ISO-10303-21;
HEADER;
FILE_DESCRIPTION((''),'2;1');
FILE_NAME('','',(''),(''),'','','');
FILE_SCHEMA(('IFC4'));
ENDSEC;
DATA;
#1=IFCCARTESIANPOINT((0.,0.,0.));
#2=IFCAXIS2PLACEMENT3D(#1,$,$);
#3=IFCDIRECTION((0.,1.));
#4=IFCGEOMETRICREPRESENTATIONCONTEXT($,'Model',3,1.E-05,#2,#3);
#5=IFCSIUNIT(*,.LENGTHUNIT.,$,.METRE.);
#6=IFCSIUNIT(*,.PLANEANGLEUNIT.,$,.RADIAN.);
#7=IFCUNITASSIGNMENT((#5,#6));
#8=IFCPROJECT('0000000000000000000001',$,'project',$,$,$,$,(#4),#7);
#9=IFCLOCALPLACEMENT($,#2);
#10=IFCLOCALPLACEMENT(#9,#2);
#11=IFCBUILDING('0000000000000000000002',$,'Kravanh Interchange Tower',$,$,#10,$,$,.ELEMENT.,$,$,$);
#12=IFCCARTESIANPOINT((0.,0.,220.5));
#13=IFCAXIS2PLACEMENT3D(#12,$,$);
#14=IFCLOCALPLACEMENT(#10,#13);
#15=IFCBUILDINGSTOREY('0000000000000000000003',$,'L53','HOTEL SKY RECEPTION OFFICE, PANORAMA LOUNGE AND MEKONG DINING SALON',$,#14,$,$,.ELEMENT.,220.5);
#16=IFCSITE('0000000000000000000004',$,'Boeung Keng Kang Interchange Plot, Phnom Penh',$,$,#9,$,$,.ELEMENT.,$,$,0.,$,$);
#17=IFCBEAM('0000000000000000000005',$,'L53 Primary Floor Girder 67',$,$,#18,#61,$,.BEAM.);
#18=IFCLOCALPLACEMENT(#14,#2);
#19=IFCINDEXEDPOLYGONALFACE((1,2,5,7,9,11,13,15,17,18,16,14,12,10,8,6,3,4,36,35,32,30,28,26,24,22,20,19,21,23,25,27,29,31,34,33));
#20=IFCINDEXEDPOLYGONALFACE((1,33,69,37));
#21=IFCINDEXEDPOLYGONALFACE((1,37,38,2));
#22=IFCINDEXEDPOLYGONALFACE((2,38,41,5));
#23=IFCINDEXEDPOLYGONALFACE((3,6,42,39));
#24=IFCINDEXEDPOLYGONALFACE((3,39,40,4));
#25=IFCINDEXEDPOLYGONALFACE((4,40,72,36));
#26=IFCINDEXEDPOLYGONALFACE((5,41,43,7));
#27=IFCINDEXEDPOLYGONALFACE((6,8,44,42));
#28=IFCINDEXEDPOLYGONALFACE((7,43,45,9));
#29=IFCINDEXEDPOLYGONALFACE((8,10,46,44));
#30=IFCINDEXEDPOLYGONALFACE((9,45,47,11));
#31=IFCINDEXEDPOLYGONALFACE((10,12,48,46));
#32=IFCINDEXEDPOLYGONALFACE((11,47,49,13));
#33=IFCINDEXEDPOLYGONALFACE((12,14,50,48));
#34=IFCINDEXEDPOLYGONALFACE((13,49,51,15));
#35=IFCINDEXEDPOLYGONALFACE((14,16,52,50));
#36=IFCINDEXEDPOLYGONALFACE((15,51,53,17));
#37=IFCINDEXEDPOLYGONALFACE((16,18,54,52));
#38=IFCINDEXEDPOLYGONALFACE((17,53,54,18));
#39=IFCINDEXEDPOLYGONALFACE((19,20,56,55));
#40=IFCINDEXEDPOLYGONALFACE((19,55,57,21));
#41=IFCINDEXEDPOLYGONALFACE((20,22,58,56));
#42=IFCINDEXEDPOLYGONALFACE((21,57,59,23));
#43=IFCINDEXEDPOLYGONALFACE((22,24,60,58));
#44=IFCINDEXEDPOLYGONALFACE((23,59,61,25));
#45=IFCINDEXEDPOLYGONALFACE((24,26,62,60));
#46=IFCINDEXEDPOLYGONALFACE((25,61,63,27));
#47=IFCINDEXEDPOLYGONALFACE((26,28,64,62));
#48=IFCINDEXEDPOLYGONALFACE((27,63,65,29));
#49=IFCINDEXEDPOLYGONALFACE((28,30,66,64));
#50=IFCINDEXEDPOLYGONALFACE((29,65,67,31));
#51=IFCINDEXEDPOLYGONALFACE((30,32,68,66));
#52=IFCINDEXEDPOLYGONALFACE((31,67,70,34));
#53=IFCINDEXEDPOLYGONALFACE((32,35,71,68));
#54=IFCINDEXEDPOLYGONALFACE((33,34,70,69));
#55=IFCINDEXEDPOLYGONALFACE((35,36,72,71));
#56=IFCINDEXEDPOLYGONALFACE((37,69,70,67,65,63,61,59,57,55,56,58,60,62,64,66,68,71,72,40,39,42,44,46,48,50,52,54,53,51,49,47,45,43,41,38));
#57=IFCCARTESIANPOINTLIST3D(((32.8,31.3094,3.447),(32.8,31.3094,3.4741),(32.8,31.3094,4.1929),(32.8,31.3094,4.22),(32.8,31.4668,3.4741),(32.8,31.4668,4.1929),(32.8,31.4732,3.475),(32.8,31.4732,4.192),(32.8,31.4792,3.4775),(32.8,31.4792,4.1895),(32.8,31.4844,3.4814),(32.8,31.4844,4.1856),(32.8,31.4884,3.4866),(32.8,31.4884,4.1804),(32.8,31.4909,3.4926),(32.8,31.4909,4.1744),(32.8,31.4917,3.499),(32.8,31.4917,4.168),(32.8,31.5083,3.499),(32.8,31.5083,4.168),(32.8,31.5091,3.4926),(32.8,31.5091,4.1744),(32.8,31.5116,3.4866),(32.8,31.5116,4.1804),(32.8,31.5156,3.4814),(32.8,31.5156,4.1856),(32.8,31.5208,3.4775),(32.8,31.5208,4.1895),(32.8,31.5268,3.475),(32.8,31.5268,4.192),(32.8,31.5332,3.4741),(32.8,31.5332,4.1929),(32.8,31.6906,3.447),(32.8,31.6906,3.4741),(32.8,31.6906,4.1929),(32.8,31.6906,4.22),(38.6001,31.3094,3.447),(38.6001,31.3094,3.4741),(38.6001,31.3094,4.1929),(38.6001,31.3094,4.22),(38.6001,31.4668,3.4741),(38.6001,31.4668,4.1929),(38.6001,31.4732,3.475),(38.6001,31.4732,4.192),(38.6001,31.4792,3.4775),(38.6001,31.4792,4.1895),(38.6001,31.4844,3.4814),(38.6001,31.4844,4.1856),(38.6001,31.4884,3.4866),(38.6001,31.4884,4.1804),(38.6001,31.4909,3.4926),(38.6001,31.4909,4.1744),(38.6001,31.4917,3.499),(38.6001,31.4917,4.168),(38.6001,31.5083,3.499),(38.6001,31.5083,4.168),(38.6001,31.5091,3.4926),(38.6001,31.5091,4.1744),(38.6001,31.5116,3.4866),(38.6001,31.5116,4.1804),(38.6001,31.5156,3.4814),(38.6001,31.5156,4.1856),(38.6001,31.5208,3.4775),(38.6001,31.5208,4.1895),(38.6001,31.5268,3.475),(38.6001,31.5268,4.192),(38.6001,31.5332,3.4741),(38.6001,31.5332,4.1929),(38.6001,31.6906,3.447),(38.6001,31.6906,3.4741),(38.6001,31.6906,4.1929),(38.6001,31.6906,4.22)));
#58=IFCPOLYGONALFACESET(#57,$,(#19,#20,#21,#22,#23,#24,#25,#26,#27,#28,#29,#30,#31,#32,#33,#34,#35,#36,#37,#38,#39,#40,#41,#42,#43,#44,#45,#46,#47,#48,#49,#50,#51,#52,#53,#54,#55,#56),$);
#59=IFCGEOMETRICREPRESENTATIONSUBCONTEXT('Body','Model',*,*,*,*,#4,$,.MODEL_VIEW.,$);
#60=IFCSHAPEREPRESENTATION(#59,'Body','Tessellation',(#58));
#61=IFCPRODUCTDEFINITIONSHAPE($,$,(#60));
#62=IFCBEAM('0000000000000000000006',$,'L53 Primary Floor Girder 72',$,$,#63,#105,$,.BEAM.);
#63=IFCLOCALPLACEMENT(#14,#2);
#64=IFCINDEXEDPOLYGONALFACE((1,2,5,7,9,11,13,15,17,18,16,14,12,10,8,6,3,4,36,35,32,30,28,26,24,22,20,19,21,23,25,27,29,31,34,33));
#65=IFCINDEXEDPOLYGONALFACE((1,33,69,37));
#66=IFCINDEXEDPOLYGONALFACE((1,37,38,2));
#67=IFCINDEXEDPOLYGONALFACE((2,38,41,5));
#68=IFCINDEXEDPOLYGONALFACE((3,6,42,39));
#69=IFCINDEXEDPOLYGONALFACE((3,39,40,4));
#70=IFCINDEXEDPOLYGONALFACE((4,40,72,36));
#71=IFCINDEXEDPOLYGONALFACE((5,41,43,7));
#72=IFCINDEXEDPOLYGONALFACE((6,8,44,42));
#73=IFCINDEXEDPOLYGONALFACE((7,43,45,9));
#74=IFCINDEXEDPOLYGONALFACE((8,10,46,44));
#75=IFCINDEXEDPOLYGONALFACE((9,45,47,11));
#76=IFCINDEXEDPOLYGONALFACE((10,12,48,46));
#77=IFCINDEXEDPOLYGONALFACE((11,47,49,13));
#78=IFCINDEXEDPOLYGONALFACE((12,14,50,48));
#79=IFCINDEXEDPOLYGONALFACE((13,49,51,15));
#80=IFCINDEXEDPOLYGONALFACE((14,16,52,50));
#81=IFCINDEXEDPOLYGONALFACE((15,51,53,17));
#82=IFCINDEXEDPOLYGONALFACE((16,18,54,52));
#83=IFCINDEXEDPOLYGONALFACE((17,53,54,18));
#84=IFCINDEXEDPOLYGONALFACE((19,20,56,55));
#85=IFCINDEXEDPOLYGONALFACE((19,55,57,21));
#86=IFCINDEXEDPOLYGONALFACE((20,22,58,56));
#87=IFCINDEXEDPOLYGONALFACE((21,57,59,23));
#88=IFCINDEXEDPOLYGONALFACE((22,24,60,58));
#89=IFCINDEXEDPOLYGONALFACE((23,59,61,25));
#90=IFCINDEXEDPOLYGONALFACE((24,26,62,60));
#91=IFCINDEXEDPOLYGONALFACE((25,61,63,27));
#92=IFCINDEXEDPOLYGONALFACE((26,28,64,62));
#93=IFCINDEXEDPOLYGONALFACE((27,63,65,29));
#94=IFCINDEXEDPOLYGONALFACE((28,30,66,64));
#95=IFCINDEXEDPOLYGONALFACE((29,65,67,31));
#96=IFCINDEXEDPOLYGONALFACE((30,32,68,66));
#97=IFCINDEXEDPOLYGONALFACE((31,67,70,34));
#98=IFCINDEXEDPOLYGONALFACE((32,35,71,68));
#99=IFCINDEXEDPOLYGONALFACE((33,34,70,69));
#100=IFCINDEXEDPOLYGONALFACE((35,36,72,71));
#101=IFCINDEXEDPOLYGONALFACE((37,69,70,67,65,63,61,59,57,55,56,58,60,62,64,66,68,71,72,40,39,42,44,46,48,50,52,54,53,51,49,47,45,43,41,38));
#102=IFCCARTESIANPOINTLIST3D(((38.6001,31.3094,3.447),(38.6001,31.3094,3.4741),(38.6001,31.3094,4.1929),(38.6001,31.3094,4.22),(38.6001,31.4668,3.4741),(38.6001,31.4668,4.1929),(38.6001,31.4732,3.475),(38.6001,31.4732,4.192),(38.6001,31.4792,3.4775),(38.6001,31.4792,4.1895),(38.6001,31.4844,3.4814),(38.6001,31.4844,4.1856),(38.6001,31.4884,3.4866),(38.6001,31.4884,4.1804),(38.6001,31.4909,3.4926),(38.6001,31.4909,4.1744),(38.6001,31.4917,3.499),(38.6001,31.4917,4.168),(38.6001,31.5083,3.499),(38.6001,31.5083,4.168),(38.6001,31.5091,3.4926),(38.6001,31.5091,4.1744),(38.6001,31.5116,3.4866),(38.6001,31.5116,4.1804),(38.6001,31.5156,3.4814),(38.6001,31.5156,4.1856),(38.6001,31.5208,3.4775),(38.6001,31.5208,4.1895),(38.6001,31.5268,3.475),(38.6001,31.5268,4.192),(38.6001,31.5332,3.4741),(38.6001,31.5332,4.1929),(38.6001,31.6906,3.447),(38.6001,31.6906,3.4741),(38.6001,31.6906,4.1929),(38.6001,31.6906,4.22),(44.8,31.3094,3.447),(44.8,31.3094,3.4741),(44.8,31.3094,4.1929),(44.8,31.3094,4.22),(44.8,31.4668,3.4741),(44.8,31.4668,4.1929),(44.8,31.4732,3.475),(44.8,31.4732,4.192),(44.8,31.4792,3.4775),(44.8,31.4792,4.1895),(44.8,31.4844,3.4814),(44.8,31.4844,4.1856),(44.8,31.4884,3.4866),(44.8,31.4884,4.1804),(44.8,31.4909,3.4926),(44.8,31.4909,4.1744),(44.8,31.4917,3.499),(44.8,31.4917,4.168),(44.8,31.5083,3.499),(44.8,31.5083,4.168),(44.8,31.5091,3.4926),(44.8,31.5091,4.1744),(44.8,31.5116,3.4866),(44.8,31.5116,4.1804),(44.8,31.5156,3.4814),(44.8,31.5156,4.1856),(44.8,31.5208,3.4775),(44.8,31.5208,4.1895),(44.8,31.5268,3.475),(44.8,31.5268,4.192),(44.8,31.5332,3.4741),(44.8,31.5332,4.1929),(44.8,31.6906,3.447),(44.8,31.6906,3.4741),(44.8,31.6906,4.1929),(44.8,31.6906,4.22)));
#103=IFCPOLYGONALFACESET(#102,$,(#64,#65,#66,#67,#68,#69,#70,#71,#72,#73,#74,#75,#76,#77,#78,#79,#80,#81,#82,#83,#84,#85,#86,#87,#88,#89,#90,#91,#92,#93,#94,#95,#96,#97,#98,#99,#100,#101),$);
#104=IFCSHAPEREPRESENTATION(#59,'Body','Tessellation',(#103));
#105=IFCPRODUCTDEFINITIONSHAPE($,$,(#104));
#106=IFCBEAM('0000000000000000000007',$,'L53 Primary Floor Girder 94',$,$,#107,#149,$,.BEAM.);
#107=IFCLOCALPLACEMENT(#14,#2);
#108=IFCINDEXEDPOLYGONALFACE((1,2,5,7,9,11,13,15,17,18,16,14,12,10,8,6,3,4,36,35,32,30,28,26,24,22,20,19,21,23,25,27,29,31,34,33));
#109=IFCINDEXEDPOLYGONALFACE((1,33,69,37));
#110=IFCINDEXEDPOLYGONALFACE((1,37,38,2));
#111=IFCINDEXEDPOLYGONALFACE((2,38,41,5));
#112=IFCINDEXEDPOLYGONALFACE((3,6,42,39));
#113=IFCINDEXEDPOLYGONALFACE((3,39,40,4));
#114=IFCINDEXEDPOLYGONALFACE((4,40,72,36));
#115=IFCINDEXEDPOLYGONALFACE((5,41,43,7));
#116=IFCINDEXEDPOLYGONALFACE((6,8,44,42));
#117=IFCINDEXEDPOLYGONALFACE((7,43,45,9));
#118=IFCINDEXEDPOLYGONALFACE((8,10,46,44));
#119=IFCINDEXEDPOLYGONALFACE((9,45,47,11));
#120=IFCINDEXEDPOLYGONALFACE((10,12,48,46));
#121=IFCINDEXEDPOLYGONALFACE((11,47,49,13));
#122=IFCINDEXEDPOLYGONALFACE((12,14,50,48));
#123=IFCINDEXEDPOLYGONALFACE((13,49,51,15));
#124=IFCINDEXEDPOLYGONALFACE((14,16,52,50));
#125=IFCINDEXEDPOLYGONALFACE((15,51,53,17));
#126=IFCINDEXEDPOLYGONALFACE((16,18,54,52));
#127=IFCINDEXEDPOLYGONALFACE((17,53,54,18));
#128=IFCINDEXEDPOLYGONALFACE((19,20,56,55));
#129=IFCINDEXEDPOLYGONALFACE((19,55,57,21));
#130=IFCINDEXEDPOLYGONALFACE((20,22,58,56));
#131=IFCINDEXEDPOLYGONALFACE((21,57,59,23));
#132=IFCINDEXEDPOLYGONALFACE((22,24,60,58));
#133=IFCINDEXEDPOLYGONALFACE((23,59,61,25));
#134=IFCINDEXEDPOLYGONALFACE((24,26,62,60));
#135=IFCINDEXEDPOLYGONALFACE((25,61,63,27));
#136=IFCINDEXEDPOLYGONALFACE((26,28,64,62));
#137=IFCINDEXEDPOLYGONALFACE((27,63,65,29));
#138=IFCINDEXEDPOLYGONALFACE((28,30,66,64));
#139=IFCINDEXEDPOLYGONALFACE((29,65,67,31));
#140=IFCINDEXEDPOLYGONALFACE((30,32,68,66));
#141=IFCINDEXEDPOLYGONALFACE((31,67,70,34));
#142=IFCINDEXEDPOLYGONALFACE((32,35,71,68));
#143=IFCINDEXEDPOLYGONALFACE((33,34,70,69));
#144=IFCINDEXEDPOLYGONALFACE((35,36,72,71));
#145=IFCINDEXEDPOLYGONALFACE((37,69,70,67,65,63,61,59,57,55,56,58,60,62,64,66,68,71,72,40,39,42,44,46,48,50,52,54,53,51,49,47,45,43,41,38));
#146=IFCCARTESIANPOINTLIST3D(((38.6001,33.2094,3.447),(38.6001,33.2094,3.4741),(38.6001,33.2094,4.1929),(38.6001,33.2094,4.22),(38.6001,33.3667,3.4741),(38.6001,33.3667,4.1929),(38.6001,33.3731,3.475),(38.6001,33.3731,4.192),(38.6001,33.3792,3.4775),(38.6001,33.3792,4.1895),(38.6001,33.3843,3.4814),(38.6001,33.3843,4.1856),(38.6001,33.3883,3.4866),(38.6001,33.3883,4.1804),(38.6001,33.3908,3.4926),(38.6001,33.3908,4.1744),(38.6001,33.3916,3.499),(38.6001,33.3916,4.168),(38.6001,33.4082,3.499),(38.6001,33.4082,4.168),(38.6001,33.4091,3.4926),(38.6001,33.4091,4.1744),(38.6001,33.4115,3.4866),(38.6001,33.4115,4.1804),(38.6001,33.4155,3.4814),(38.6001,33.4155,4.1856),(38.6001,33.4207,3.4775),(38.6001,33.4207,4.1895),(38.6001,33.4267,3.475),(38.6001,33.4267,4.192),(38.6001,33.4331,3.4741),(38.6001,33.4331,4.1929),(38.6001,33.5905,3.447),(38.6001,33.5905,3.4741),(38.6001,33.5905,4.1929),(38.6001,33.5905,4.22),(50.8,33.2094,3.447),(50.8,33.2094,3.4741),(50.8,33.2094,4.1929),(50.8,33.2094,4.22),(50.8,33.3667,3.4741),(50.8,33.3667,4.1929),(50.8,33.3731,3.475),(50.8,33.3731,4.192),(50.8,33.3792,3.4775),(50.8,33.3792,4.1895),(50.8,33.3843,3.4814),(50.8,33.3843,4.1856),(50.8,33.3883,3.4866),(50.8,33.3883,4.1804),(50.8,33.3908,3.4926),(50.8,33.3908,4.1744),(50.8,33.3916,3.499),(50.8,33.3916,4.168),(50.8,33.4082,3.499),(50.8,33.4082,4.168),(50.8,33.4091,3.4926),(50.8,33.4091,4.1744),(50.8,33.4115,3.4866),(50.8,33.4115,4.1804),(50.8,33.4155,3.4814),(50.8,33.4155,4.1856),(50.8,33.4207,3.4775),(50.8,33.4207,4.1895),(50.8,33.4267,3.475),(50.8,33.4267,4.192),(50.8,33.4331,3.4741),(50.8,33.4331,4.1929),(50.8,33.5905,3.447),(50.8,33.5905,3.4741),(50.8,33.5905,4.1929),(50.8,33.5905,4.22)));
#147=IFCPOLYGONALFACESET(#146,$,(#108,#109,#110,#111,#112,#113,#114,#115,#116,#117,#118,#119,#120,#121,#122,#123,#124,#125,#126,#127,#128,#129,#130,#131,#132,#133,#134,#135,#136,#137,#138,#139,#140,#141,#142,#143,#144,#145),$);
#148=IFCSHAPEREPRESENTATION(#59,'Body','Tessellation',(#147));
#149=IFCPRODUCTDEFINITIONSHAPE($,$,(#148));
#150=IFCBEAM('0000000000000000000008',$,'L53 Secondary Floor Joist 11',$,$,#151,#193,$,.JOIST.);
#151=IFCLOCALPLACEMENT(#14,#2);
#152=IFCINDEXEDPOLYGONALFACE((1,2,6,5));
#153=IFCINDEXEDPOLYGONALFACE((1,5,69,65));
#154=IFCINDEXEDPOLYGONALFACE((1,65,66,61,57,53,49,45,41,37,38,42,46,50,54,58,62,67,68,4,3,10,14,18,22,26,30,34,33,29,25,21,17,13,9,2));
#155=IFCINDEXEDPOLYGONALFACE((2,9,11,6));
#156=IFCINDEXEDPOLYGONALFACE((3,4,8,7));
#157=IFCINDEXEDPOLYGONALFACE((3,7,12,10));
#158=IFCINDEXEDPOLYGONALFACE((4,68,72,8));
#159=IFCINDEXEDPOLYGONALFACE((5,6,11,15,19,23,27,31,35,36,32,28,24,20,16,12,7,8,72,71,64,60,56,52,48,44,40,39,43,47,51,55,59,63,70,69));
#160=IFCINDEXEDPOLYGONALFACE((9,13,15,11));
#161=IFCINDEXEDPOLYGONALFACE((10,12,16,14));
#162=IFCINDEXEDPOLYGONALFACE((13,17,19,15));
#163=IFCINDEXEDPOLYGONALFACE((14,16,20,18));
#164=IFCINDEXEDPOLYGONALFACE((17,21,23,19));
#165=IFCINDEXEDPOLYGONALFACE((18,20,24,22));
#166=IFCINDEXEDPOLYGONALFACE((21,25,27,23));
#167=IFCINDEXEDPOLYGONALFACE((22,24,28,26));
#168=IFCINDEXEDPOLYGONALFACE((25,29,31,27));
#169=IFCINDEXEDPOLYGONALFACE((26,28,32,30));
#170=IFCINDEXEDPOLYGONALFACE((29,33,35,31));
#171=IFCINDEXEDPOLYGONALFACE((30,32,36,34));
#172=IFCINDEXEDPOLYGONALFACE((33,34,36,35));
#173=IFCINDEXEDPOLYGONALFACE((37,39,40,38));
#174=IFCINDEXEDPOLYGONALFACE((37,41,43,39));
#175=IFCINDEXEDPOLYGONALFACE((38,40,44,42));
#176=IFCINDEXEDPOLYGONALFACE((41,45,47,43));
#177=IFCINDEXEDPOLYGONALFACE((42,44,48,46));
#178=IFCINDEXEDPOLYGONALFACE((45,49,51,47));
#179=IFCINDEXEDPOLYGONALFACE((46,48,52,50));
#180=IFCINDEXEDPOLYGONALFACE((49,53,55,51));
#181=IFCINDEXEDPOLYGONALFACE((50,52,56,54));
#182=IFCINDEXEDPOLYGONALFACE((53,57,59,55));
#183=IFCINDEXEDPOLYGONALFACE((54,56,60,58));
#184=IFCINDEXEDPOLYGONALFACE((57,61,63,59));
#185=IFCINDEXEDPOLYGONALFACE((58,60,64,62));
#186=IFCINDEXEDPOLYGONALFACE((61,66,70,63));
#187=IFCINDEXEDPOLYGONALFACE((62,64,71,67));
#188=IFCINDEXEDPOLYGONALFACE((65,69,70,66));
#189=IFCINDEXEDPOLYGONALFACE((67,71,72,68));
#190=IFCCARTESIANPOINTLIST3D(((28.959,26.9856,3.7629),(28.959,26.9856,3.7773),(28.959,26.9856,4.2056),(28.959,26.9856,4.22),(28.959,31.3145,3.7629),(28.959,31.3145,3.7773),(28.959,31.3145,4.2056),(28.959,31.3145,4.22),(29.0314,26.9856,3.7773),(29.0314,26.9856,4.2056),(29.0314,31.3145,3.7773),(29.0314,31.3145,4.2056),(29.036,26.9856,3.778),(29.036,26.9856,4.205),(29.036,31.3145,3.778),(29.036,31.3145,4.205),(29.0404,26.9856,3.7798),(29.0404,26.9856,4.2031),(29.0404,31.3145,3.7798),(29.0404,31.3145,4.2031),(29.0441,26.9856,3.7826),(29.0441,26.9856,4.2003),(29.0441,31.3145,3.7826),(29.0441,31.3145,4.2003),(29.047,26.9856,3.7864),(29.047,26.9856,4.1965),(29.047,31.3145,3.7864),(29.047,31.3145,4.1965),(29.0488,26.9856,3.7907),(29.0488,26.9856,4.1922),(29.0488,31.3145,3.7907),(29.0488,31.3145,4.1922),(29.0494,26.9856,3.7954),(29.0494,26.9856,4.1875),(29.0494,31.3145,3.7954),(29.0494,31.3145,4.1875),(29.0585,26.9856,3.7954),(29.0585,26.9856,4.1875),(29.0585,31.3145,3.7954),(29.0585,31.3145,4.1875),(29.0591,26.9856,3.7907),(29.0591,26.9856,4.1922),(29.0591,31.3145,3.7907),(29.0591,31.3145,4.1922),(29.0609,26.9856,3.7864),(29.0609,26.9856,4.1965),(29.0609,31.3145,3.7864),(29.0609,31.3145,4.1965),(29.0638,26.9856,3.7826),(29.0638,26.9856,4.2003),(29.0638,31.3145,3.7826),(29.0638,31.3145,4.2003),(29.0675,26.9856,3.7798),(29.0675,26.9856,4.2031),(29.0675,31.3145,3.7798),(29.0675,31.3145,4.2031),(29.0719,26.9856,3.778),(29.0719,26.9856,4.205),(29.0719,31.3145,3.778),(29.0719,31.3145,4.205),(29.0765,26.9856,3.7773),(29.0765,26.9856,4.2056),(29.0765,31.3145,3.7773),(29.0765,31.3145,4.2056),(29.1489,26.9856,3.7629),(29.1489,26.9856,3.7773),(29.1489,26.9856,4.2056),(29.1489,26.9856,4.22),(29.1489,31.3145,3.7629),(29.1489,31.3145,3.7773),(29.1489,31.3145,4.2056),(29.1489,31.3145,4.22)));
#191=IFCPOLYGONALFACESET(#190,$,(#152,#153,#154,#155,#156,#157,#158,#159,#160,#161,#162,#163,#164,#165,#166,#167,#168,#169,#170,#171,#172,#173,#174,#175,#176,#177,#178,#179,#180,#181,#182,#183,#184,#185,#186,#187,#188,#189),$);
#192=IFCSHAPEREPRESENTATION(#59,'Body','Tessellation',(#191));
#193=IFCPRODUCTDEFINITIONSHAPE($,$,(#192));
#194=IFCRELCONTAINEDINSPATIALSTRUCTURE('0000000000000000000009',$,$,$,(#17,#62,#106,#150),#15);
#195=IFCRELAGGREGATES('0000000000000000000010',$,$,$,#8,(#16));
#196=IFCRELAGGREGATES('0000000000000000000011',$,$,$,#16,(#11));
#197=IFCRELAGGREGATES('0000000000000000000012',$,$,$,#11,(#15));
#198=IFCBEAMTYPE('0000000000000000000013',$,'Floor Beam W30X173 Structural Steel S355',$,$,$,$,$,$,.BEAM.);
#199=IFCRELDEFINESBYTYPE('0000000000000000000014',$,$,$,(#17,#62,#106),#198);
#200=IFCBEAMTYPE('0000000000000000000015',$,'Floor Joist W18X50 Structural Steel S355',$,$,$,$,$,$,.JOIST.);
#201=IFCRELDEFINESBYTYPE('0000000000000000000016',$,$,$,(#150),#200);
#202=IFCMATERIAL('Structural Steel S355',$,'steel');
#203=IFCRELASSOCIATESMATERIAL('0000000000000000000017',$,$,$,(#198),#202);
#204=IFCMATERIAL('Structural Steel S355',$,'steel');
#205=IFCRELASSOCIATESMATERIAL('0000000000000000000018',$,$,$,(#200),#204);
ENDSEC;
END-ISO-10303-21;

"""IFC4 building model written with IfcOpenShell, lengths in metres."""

from ifc_helpers import new_model, si_unit, direction, frame, origin, origin_2d, place, context, subcontext, project, spatial, i_section, extrude, material, material_profile, profile_set, type_object, element, save


model = new_model("IFC4")

# Units and contexts
model_context = context("Model", 3, precision=1e-05, world=origin(), true_north=direction((0.0, 1.0)))
body_context = subcontext(model_context, "Body", "Model", "MODEL_VIEW")
ifc_project = project(units=[si_unit("LENGTHUNIT", "METRE"), si_unit("PLANEANGLEUNIT", "RADIAN")], contexts=[model_context])

# Site, building, storey
site_placement = place(None, origin())
site = spatial("IfcSite", under=ifc_project, at=site_placement, Name="Boeung Keng Kang Interchange Plot, Phnom Penh", CompositionType="ELEMENT", RefElevation=0.0)
building_placement = place(site_placement, origin())
building = spatial("IfcBuilding", under=site, at=building_placement, Name="Kravanh Interchange Tower", CompositionType="ELEMENT")
storey_placement = place(building_placement, frame((0.0, 0.0, 220.5)))
storey = spatial("IfcBuildingStorey", under=building, at=storey_placement, Name="L53", Description="HOTEL SKY RECEPTION OFFICE, PANORAMA LOUNGE AND MEKONG DINING SALON", CompositionType="ELEMENT", Elevation=220.5)

# Beams
ifc_material_1 = material(Name="Structural Steel S355", Category="steel")
ifc_material_profile_1 = material_profile(ifc_material_1, i_section(OverallWidth=0.3811, OverallDepth=0.7729, WebThickness=0.0166, FlangeThickness=0.0271, FilletRadius=0.0249, at=origin_2d()), Name="W30X173")
ifc_profile_set_1 = profile_set([ifc_material_profile_1], Name="Structural Steel S355")
beam_type_1 = type_object("IfcBeamType", Name="Floor Beam W30X173 Structural Steel S355", PredefinedType="BEAM", material=ifc_profile_set_1)
beam_1_placement = place(storey_placement, frame((32.8, 31.5, 3.8335), z_axis=(1.0, 0.0, 0.0), x_axis=(0.0, 1.0, 0.0)))
element("IfcBeam", 1, at=beam_1_placement, inside=storey, type_object=beam_type_1, Name="L53 Primary Floor Girder 67", PredefinedType="BEAM", context=body_context, shape_type="SweptSolid", body=[
    extrude(i_section(OverallWidth=0.3811, OverallDepth=0.7729, WebThickness=0.0166, FlangeThickness=0.0271, FilletRadius=0.0249, at=origin_2d()), origin(), (0.0, 0.0, 1.0), 5.8),
])
beam_2_placement = place(storey_placement, frame((38.6001, 31.5, 3.8335), z_axis=(1.0, 0.0, 0.0), x_axis=(0.0, 1.0, 0.0)))
element("IfcBeam", 2, at=beam_2_placement, inside=storey, type_object=beam_type_1, Name="L53 Primary Floor Girder 72", PredefinedType="BEAM", context=body_context, shape_type="SweptSolid", body=[
    extrude(i_section(OverallWidth=0.3811, OverallDepth=0.7729, WebThickness=0.0166, FlangeThickness=0.0271, FilletRadius=0.0249, at=origin_2d()), origin(), (0.0, 0.0, 1.0), 6.2),
])
beam_3_placement = place(storey_placement, frame((38.6001, 33.3999, 3.8335), z_axis=(1.0, 0.0, 0.0), x_axis=(0.0, 1.0, 0.0)))
element("IfcBeam", 3, at=beam_3_placement, inside=storey, type_object=beam_type_1, Name="L53 Primary Floor Girder 94", PredefinedType="BEAM", context=body_context, shape_type="SweptSolid", body=[
    extrude(i_section(OverallWidth=0.3811, OverallDepth=0.7729, WebThickness=0.0166, FlangeThickness=0.0271, FilletRadius=0.0249, at=origin_2d()), origin(), (0.0, 0.0, 1.0), 12.2),
])
ifc_material_2 = material(Name="Structural Steel S355", Category="steel")
ifc_material_profile_2 = material_profile(ifc_material_2, i_section(OverallWidth=0.1899, OverallDepth=0.457, WebThickness=0.009, FlangeThickness=0.0144, FilletRadius=0.0181, at=origin_2d()), Name="W18X50")
ifc_profile_set_2 = profile_set([ifc_material_profile_2], Name="Structural Steel S355")
beam_type_2 = type_object("IfcBeamType", Name="Floor Joist W18X50 Structural Steel S355", PredefinedType="JOIST", material=ifc_profile_set_2)
beam_4_placement = place(storey_placement, frame((29.054, 26.9856, 3.9915), z_axis=(0.0, 1.0, 0.0), x_axis=(-1.0, 0.0, 0.0)))
element("IfcBeam", 4, at=beam_4_placement, inside=storey, type_object=beam_type_2, Name="L53 Secondary Floor Joist 11", PredefinedType="JOIST", context=body_context, shape_type="SweptSolid", body=[
    extrude(i_section(OverallWidth=0.1899, OverallDepth=0.457, WebThickness=0.009, FlangeThickness=0.0144, FilletRadius=0.0181, at=origin_2d()), origin(), (0.0, 0.0, 1.0), 4.3289),
])

save(model, "model.ifc")
